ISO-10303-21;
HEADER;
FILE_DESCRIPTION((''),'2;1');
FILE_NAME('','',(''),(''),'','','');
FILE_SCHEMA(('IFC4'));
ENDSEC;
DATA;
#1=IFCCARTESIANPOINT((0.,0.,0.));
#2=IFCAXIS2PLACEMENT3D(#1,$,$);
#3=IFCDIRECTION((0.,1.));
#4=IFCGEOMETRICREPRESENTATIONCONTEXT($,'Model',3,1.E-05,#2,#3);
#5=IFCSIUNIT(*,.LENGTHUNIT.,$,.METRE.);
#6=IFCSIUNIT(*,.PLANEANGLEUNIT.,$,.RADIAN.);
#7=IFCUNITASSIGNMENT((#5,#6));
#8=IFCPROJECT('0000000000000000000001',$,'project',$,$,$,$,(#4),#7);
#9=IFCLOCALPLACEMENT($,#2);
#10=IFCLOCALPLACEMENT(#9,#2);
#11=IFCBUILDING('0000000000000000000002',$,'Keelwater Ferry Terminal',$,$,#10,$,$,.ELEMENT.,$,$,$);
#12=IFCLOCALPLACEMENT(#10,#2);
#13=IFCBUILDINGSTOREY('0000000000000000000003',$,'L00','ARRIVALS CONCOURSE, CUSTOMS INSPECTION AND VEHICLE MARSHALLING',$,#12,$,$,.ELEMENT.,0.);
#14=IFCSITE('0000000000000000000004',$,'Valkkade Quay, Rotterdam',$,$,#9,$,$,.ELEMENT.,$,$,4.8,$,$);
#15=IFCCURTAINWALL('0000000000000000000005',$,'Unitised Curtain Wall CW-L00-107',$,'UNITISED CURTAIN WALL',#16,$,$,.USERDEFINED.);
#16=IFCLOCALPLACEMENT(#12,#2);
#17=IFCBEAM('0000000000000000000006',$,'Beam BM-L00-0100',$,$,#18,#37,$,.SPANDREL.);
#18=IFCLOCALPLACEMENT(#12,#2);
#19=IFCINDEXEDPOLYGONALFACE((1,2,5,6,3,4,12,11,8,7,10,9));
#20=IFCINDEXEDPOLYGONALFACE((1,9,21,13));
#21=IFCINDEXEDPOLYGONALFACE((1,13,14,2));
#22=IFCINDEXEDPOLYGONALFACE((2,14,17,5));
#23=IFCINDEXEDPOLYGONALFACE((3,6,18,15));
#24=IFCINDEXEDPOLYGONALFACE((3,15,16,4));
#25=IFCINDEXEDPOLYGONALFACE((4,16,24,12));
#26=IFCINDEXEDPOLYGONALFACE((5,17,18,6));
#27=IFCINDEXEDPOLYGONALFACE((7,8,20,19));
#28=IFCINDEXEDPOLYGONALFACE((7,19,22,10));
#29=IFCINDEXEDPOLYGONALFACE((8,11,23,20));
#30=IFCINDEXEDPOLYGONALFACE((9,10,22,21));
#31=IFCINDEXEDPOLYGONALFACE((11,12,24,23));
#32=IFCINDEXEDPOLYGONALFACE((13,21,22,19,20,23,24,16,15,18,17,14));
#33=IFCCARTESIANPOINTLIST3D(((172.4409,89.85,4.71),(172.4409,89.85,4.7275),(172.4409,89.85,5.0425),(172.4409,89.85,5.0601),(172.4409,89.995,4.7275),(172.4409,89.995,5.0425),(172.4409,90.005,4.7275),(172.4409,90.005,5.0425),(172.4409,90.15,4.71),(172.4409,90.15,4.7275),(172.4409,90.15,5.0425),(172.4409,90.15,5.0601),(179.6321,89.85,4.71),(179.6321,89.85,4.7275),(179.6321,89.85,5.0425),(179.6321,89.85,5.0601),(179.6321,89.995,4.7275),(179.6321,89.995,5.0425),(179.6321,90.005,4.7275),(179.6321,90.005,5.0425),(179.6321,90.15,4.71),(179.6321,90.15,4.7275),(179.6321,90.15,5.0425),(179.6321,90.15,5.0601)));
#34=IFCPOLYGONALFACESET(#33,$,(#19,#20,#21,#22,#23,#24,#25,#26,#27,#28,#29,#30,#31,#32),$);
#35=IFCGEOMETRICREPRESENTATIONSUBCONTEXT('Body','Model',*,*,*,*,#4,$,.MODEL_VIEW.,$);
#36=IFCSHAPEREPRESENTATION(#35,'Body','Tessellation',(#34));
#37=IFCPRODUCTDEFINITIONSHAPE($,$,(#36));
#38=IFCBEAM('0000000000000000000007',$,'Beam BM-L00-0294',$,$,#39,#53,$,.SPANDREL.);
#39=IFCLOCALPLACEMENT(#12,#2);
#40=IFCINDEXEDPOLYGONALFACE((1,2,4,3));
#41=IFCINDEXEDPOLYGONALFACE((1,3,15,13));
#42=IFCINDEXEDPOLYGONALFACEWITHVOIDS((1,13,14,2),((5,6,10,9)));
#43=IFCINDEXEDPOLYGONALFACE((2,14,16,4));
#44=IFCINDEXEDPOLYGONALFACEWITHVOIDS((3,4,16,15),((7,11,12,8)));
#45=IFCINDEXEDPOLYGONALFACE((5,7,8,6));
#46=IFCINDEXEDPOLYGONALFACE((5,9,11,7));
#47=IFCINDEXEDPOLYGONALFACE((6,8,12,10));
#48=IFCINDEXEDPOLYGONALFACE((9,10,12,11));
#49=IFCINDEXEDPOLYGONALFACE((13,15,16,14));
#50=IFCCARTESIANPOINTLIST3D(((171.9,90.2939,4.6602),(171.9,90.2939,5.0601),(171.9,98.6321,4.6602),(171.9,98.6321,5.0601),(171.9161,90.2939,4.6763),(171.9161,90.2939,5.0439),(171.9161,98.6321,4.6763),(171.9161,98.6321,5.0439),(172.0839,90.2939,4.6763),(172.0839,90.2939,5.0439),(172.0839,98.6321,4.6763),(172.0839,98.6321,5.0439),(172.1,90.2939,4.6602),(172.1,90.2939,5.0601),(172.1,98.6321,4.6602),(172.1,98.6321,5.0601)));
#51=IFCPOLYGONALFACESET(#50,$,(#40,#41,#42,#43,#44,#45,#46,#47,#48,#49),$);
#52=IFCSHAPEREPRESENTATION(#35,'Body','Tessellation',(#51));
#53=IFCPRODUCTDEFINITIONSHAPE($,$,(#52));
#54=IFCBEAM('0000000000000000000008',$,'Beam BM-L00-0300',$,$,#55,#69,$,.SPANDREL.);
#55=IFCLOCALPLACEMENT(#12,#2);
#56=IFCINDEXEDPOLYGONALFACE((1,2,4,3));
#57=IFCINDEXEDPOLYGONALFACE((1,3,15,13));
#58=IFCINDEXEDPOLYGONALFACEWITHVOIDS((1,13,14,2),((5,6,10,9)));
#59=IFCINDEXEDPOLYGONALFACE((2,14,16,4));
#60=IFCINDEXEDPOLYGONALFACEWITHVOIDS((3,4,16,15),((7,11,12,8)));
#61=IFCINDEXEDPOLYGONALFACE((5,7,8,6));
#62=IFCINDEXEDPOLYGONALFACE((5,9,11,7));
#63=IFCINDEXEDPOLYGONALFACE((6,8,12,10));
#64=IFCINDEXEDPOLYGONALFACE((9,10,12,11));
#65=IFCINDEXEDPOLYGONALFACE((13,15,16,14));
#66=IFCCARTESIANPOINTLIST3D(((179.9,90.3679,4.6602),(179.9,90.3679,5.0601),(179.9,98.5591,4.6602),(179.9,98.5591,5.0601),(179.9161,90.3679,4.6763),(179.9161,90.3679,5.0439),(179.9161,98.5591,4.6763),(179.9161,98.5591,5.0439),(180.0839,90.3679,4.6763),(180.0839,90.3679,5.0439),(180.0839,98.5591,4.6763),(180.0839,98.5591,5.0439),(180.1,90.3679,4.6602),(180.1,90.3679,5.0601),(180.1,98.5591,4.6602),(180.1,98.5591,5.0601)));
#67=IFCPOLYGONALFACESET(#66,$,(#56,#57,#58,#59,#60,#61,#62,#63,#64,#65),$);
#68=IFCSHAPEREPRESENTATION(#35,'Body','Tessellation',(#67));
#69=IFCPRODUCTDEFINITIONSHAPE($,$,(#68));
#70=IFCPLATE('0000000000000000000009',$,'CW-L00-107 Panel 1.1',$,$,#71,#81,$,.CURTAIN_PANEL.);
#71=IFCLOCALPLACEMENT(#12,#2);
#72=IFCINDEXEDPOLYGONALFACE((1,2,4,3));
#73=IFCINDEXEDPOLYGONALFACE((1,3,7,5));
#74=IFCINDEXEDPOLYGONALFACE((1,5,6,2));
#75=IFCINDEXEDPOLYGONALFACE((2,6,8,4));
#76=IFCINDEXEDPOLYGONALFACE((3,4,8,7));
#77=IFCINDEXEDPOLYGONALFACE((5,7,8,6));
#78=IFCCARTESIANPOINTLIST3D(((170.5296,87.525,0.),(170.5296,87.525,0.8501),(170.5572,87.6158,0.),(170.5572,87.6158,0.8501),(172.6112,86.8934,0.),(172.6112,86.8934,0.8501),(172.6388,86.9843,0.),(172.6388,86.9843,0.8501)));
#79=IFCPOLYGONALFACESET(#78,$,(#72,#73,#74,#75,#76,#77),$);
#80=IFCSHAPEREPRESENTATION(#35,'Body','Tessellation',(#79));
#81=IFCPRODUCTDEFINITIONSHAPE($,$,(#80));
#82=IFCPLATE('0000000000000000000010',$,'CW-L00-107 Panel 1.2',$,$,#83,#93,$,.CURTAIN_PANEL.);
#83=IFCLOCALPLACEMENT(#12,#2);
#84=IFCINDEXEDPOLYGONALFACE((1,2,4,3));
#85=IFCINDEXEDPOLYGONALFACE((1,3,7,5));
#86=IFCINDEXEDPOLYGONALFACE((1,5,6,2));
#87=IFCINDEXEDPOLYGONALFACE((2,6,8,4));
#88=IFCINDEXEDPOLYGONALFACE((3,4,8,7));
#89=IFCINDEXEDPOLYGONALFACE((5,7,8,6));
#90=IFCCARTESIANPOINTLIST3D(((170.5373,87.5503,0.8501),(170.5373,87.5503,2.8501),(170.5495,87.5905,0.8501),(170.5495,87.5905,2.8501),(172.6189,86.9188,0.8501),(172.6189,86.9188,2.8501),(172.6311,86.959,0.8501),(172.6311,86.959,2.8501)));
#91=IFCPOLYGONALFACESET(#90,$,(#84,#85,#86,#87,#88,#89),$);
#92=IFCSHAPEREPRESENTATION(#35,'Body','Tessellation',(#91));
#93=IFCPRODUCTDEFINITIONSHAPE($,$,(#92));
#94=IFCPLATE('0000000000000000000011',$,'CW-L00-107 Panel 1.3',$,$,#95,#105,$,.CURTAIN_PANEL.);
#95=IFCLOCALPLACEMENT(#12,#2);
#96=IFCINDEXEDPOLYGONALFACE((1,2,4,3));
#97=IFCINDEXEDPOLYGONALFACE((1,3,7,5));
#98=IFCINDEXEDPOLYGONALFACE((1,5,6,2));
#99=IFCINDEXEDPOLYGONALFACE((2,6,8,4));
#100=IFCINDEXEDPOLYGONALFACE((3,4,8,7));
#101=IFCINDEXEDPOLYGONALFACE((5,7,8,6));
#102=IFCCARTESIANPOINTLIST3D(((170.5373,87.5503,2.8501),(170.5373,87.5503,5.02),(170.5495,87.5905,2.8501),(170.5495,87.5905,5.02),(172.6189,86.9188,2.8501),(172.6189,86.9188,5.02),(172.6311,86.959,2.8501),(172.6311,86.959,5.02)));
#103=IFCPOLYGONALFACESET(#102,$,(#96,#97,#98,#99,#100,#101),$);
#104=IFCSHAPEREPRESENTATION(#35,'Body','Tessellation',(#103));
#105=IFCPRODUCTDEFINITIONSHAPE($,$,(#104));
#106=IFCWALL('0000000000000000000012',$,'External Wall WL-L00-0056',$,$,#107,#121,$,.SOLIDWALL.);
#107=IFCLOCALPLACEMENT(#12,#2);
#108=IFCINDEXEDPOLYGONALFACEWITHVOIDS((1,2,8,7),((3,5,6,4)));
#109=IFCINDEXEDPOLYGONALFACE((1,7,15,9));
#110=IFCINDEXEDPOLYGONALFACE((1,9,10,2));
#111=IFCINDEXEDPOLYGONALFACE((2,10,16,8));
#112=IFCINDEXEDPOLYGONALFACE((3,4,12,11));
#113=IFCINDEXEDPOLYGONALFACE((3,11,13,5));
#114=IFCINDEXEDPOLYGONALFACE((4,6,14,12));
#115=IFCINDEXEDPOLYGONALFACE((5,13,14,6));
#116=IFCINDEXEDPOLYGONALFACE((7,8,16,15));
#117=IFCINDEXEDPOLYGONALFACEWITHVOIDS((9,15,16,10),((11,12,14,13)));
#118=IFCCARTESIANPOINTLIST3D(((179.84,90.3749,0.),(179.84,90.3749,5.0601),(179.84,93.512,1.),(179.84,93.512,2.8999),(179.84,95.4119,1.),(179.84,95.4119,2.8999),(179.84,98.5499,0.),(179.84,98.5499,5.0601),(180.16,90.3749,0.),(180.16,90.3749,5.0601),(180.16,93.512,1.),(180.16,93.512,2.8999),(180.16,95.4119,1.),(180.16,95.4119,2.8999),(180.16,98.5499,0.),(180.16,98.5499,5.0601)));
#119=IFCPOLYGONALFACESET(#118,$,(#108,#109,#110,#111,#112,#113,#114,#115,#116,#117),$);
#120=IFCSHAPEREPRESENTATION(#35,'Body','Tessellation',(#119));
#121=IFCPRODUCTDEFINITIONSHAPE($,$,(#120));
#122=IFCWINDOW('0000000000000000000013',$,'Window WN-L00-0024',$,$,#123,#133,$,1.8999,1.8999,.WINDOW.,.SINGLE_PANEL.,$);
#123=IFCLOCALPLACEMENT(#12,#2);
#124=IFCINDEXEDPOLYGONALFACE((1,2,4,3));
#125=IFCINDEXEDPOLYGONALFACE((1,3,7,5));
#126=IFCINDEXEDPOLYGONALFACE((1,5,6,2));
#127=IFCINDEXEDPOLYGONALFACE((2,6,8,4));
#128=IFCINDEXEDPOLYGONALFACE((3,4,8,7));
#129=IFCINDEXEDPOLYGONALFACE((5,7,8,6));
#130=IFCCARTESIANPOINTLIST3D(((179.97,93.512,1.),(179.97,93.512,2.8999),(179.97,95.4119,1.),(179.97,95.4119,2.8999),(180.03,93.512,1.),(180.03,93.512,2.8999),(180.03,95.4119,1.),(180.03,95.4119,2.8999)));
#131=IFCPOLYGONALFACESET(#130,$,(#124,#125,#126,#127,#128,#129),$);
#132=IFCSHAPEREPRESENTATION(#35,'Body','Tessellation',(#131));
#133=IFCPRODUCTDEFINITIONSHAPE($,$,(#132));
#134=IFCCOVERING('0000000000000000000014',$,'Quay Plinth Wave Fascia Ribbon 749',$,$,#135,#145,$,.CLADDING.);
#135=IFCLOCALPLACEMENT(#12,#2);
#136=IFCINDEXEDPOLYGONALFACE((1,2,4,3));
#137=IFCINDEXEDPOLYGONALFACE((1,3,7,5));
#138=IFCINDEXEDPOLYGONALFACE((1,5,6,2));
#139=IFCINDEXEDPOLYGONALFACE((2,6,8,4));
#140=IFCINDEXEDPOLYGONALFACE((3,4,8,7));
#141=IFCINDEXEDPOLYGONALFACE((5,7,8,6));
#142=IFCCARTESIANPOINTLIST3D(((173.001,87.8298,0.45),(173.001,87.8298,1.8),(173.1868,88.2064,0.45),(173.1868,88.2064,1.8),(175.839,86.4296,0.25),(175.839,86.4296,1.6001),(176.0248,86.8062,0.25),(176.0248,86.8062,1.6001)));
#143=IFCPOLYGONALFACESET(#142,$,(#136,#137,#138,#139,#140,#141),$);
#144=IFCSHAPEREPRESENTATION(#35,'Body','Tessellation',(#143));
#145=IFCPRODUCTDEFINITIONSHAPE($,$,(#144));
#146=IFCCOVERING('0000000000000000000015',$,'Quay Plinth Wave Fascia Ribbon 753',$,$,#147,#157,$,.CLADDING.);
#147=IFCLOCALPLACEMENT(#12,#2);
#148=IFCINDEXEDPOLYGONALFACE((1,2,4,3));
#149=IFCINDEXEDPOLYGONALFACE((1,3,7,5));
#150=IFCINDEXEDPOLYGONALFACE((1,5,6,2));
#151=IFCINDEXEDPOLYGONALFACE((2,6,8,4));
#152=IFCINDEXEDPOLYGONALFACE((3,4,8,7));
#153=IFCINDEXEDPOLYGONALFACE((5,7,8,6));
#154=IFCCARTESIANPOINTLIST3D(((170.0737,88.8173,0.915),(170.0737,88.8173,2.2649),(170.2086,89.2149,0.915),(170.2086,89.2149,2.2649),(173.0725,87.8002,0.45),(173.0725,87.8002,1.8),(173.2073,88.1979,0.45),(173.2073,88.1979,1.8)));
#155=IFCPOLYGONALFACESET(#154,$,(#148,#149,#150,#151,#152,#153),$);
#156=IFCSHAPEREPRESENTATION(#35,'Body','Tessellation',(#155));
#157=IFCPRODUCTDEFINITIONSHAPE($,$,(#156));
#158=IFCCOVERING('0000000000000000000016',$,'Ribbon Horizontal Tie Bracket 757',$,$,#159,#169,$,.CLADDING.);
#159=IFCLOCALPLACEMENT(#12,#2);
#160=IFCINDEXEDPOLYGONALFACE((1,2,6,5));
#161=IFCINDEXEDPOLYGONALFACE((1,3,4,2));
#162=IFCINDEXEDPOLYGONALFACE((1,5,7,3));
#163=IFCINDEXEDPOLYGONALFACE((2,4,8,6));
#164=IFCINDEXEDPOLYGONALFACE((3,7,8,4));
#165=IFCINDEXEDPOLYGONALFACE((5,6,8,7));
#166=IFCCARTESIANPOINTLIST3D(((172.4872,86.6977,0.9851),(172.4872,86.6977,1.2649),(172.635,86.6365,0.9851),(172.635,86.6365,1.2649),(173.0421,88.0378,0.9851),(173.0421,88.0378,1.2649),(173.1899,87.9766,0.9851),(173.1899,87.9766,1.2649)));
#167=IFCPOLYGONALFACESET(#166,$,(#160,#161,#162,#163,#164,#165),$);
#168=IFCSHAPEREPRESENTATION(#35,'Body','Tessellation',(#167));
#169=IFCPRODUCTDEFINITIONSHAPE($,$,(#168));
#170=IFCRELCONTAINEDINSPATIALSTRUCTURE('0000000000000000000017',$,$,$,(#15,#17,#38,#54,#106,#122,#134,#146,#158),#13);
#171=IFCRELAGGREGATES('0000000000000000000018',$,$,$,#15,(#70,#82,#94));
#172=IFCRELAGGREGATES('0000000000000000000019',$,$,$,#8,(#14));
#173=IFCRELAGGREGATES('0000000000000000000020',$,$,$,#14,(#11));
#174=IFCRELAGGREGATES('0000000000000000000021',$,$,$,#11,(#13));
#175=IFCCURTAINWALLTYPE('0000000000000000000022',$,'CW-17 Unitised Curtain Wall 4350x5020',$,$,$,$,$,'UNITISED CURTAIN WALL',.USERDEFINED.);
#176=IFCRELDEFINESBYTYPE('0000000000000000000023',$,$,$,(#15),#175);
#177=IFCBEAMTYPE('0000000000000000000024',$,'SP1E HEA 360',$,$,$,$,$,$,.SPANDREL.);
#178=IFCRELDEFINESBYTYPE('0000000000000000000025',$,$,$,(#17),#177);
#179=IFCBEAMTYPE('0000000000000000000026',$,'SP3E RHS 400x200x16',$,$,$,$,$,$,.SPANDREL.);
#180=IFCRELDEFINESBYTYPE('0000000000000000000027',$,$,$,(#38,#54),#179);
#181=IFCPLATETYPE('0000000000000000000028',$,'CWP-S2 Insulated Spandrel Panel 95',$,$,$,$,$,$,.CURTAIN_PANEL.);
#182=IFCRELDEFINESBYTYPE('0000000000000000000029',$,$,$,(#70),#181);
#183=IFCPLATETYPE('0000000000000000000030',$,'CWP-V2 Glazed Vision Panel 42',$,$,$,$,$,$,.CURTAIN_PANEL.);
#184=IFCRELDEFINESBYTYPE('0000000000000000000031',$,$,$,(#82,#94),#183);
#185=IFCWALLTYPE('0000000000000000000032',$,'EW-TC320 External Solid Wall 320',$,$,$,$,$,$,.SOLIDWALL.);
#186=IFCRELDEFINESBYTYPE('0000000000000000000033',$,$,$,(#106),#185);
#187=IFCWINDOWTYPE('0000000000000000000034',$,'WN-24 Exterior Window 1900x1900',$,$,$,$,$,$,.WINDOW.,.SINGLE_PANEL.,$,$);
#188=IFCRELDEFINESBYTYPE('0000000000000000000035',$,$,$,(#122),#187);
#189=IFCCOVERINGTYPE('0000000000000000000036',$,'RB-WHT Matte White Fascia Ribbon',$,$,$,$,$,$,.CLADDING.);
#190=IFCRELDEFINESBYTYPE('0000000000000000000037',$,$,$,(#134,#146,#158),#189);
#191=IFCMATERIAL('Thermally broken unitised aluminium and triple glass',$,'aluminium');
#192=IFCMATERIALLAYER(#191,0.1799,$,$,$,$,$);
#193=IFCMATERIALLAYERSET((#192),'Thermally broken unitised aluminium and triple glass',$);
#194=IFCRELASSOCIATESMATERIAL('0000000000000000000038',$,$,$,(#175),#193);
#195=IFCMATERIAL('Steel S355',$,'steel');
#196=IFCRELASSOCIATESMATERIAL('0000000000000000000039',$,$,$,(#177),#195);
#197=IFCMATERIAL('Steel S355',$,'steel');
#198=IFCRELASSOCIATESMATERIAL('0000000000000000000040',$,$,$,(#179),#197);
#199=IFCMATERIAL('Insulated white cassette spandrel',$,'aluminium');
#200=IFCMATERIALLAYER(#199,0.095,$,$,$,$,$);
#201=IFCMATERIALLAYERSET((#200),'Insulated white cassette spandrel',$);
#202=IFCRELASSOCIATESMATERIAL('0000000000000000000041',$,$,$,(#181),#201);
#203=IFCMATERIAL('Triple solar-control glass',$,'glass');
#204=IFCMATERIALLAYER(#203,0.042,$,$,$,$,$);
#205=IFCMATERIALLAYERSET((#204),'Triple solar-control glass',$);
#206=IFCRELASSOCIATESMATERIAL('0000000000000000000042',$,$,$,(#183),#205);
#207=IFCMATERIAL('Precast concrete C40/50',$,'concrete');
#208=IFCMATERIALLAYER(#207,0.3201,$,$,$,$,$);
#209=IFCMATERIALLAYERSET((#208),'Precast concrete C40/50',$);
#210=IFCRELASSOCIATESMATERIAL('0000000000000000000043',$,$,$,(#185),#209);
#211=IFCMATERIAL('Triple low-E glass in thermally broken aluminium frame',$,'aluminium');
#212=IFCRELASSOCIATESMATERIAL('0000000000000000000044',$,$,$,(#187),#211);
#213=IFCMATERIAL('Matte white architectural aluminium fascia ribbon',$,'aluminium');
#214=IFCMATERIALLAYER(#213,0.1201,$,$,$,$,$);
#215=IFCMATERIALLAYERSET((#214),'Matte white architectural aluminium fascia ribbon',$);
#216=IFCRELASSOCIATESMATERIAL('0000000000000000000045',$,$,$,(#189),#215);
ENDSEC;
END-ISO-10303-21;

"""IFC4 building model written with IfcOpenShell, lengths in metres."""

from ifc_helpers import new_model, si_unit, direction, frame, frame_2d, origin, origin_2d, place, context, subcontext, project, spatial, polyline, rectangle, hollow_rectangle, i_section, outline, extrude, material, layer, layer_set, material_profile, profile_set, type_object, element, fill, aggregate, save


model = new_model("IFC4")

# Units and contexts
model_context = context("Model", 3, precision=1e-05, world=origin(), true_north=direction((0.0, 1.0)))
body_context = subcontext(model_context, "Body", "Model", "MODEL_VIEW")
ifc_project = project(units=[si_unit("LENGTHUNIT", "METRE"), si_unit("PLANEANGLEUNIT", "RADIAN")], contexts=[model_context])

# Site, building, storey
site_placement = place(None, origin())
site = spatial("IfcSite", under=ifc_project, at=site_placement, Name="Valkkade Quay, Rotterdam", CompositionType="ELEMENT", RefElevation=4.8)
building_placement = place(site_placement, origin())
building = spatial("IfcBuilding", under=site, at=building_placement, Name="Keelwater Ferry Terminal", CompositionType="ELEMENT")
storey_placement = place(building_placement, origin())
storey = spatial("IfcBuildingStorey", under=building, at=storey_placement, Name="L00", Description="ARRIVALS CONCOURSE, CUSTOMS INSPECTION AND VEHICLE MARSHALLING", CompositionType="ELEMENT", Elevation=0.0)

# Shared definitions
ifc_material_1 = material(Name="Thermally broken unitised aluminium and triple glass", Category="aluminium")
ifc_layer_1 = layer(ifc_material_1, 0.1799)
ifc_layer_set_1 = layer_set([ifc_layer_1], Name="Thermally broken unitised aluminium and triple glass")
curtain_wall_type = type_object("IfcCurtainWallType", Name="CW-17 Unitised Curtain Wall 4350x5020", ElementType="UNITISED CURTAIN WALL", PredefinedType="USERDEFINED", material=ifc_layer_set_1)

# Curtain wall
curtain_wall_1_placement = place(storey_placement, origin())
curtain_wall_1 = element("IfcCurtainWall", 1, at=curtain_wall_1_placement, inside=storey, type_object=curtain_wall_type, Name="Unitised Curtain Wall CW-L00-107", ObjectType="UNITISED CURTAIN WALL", PredefinedType="USERDEFINED")

# Beams
ifc_material_2 = material(Name="Steel S355", Category="steel")
ifc_material_profile_1 = material_profile(ifc_material_2, i_section(OverallWidth=0.3, OverallDepth=0.3501, WebThickness=0.01, FlangeThickness=0.0176, at=origin_2d()), Name="HEA 360")
ifc_profile_set_1 = profile_set([ifc_material_profile_1], Name="Steel S355")
beam_type_1 = type_object("IfcBeamType", Name="SP1E HEA 360", PredefinedType="SPANDREL", material=ifc_profile_set_1)
beam_1_placement = place(storey_placement, frame((172.4409, 90.0, 4.885), z_axis=(1.0, 0.0, 0.0), x_axis=(0.0, 1.0, 0.0)))
element("IfcBeam", 2, at=beam_1_placement, inside=storey, type_object=beam_type_1, Name="Beam BM-L00-0100", PredefinedType="SPANDREL", context=body_context, shape_type="SweptSolid", body=[
    extrude(i_section(OverallWidth=0.3, OverallDepth=0.3501, WebThickness=0.01, FlangeThickness=0.0176, at=origin_2d()), origin(), (0.0, 0.0, 1.0), 7.1912),
])
ifc_material_3 = material(Name="Steel S355", Category="steel")
ifc_material_profile_2 = material_profile(ifc_material_3, hollow_rectangle(XDim=0.2, YDim=0.3999, WallThickness=0.0161, at=origin_2d()), Name="RHS 400x200x16")
ifc_profile_set_2 = profile_set([ifc_material_profile_2], Name="Steel S355")
beam_type_2 = type_object("IfcBeamType", Name="SP3E RHS 400x200x16", PredefinedType="SPANDREL", material=ifc_profile_set_2)
beam_2_placement = place(storey_placement, frame((172.0, 90.2939, 4.8601), z_axis=(0.0, 1.0, 0.0), x_axis=(-1.0, 0.0, 0.0)))
element("IfcBeam", 3, at=beam_2_placement, inside=storey, type_object=beam_type_2, Name="Beam BM-L00-0294", PredefinedType="SPANDREL", context=body_context, shape_type="SweptSolid", body=[
    extrude(hollow_rectangle(XDim=0.2, YDim=0.3999, WallThickness=0.0161, at=origin_2d()), origin(), (0.0, 0.0, 1.0), 8.3381),
])
beam_3_placement = place(storey_placement, frame((180.0, 90.3679, 4.8601), z_axis=(0.0, 1.0, 0.0), x_axis=(-1.0, 0.0, 0.0)))
element("IfcBeam", 4, at=beam_3_placement, inside=storey, type_object=beam_type_2, Name="Beam BM-L00-0300", PredefinedType="SPANDREL", context=body_context, shape_type="SweptSolid", body=[
    extrude(hollow_rectangle(XDim=0.2, YDim=0.3999, WallThickness=0.0161, at=origin_2d()), origin(), (0.0, 0.0, 1.0), 8.1912),
])

# Plates
ifc_material_4 = material(Name="Insulated white cassette spandrel", Category="aluminium")
ifc_layer_2 = layer(ifc_material_4, 0.095)
ifc_layer_set_2 = layer_set([ifc_layer_2], Name="Insulated white cassette spandrel")
plate_type_1 = type_object("IfcPlateType", Name="CWP-S2 Insulated Spandrel Panel 95", PredefinedType="CURTAIN_PANEL", material=ifc_layer_set_2)
plate_1_placement = place(storey_placement, frame((171.5842, 87.2546, 0.0), z_axis=(0.0, 0.0, 1.0), x_axis=(-0.95693, 0.29032, 0.0)))
plate_1 = element("IfcPlate", 5, at=plate_1_placement, type_object=plate_type_1, Name="CW-L00-107 Panel 1.1", PredefinedType="CURTAIN_PANEL", context=body_context, shape_type="SweptSolid", body=[
    extrude(rectangle(XDim=2.1753, YDim=0.095, at=origin_2d()), origin(), (0.0, 0.0, 1.0), 0.8501),
])
ifc_material_5 = material(Name="Triple solar-control glass", Category="glass")
ifc_layer_3 = layer(ifc_material_5, 0.042)
ifc_layer_set_3 = layer_set([ifc_layer_3], Name="Triple solar-control glass")
plate_type_2 = type_object("IfcPlateType", Name="CWP-V2 Glazed Vision Panel 42", PredefinedType="CURTAIN_PANEL", material=ifc_layer_set_3)
plate_2_placement = place(storey_placement, frame((171.5842, 87.2546, 0.8501), z_axis=(0.0, 0.0, 1.0), x_axis=(-0.95693, 0.29032, 0.0)))
plate_2 = element("IfcPlate", 6, at=plate_2_placement, type_object=plate_type_2, Name="CW-L00-107 Panel 1.2", PredefinedType="CURTAIN_PANEL", context=body_context, shape_type="SweptSolid", body=[
    extrude(rectangle(XDim=2.1753, YDim=0.042, at=origin_2d()), origin(), (0.0, 0.0, 1.0), 2.0),
])
plate_3_placement = place(storey_placement, frame((171.5842, 87.2546, 2.8501), z_axis=(0.0, 0.0, 1.0), x_axis=(-0.95693, 0.29032, 0.0)))
plate_3 = element("IfcPlate", 7, at=plate_3_placement, type_object=plate_type_2, Name="CW-L00-107 Panel 1.3", PredefinedType="CURTAIN_PANEL", context=body_context, shape_type="SweptSolid", body=[
    extrude(rectangle(XDim=2.1753, YDim=0.042, at=origin_2d()), origin(), (0.0, 0.0, 1.0), 2.1699),
])
aggregate(curtain_wall_1, [plate_1, plate_2, plate_3])

# Wall, opening, window
ifc_material_6 = material(Name="Precast concrete C40/50", Category="concrete")
ifc_layer_4 = layer(ifc_material_6, 0.3201)
ifc_layer_set_4 = layer_set([ifc_layer_4], Name="Precast concrete C40/50")
wall_type = type_object("IfcWallType", Name="EW-TC320 External Solid Wall 320", PredefinedType="SOLIDWALL", material=ifc_layer_set_4)
wall_placement = place(storey_placement, frame((180.0, 90.375, 0.0), z_axis=(0.0, 0.0, 1.0), x_axis=(0.0, 1.0, 0.0)))
wall = element("IfcWall", 8, at=wall_placement, inside=storey, type_object=wall_type, Name="External Wall WL-L00-0056", PredefinedType="SOLIDWALL", context=body_context, shape_type="SweptSolid", body=[
    extrude(rectangle(XDim=8.175, YDim=0.3201, at=frame_2d((4.0874, 0.0))), origin(), (0.0, 0.0, 1.0), 5.0601),
])
opening_placement = place(wall_placement, frame((3.137, 0.0, 1.0)))
opening = element("IfcOpeningElement", 9, at=opening_placement, cuts=wall, PredefinedType="OPENING", context=body_context, shape_type="SweptSolid", body=[
    extrude(rectangle(XDim=1.8999, YDim=1.8999, at=frame_2d((0.95, 0.95))), frame((0.0, 0.1702, 0.0), z_axis=(0.0, -1.0, 0.0), x_axis=(1.0, 0.0, 0.0)), (0.0, 0.0, 1.0), 0.3401),
])
ifc_material_7 = material(Name="Triple low-E glass in thermally broken aluminium frame", Category="aluminium")
window_type = type_object("IfcWindowType", Name="WN-24 Exterior Window 1900x1900", PartitioningType="SINGLE_PANEL", PredefinedType="WINDOW", material=ifc_material_7)
window_placement = place(opening_placement, origin())
window = element("IfcWindow", 10, at=window_placement, inside=storey, type_object=window_type, Name="Window WN-L00-0024", OverallHeight=1.8999, OverallWidth=1.8999, PartitioningType="SINGLE_PANEL", PredefinedType="WINDOW", context=body_context, shape_type="SweptSolid", body=[
    extrude(rectangle(XDim=1.8999, YDim=1.8999, at=frame_2d((0.95, 0.95))), frame((0.0, 0.03, 0.0), z_axis=(0.0, -1.0, 0.0), x_axis=(1.0, 0.0, 0.0)), (0.0, 0.0, 1.0), 0.0601),
])
fill(opening, window)

# Coverings
ifc_material_8 = material(Name="Matte white architectural aluminium fascia ribbon", Category="aluminium")
ifc_layer_5 = layer(ifc_material_8, 0.1201)
ifc_layer_set_5 = layer_set([ifc_layer_5], Name="Matte white architectural aluminium fascia ribbon")
covering_type = type_object("IfcCoveringType", Name="RB-WHT Matte White Fascia Ribbon", PredefinedType="CLADDING", material=ifc_layer_set_5)
covering_1_placement = place(storey_placement, frame((175.9319, 86.6179, 0.25), z_axis=(0.0, 0.0, 1.0), x_axis=(-0.896791, 0.442455, 0.0)))
element("IfcCovering", 11, at=covering_1_placement, inside=storey, type_object=covering_type, Name="Quay Plinth Wave Fascia Ribbon 749", PredefinedType="CLADDING", context=body_context, shape_type="SweptSolid", body=[
    extrude(outline(polyline([(0.0, 0.0), (3.1646, 0.2), (3.1646, 1.55), (0.0, 1.3501), (0.0, 0.0)])), frame((0.0, 0.21, 0.0), z_axis=(0.0, -1.0, 0.0), x_axis=(1.0, 0.0, 0.0)), (0.0, 0.0, 1.0), 0.4199),
])
covering_2_placement = place(storey_placement, frame((173.1399, 87.999, 0.45), z_axis=(0.0, 0.0, 1.0), x_axis=(-0.947013, 0.321196, 0.0)))
element("IfcCovering", 12, at=covering_2_placement, inside=storey, type_object=covering_type, Name="Quay Plinth Wave Fascia Ribbon 753", PredefinedType="CLADDING", context=body_context, shape_type="SweptSolid", body=[
    extrude(outline(polyline([(0.0, 0.0), (3.1665, 0.4651), (3.1665, 1.8149), (0.0, 1.3501), (0.0, 0.0)])), frame((0.0, 0.21, 0.0), z_axis=(0.0, -1.0, 0.0), x_axis=(1.0, 0.0, 0.0)), (0.0, 0.0, 1.0), 0.4199),
])
covering_3_placement = place(storey_placement, frame((173.116, 88.0071, 0.9851), z_axis=(0.0, 0.0, 1.0), x_axis=(-0.382595, -0.923916, 0.0)))
element("IfcCovering", 13, at=covering_3_placement, inside=storey, type_object=covering_type, Name="Ribbon Horizontal Tie Bracket 757", PredefinedType="CLADDING", context=body_context, shape_type="SweptSolid", body=[
    extrude(rectangle(XDim=1.4504, YDim=0.1599, at=frame_2d((0.7251, 0.0))), origin(), (0.0, 0.0, 1.0), 0.2798),
])

save(model, "model.ifc")
